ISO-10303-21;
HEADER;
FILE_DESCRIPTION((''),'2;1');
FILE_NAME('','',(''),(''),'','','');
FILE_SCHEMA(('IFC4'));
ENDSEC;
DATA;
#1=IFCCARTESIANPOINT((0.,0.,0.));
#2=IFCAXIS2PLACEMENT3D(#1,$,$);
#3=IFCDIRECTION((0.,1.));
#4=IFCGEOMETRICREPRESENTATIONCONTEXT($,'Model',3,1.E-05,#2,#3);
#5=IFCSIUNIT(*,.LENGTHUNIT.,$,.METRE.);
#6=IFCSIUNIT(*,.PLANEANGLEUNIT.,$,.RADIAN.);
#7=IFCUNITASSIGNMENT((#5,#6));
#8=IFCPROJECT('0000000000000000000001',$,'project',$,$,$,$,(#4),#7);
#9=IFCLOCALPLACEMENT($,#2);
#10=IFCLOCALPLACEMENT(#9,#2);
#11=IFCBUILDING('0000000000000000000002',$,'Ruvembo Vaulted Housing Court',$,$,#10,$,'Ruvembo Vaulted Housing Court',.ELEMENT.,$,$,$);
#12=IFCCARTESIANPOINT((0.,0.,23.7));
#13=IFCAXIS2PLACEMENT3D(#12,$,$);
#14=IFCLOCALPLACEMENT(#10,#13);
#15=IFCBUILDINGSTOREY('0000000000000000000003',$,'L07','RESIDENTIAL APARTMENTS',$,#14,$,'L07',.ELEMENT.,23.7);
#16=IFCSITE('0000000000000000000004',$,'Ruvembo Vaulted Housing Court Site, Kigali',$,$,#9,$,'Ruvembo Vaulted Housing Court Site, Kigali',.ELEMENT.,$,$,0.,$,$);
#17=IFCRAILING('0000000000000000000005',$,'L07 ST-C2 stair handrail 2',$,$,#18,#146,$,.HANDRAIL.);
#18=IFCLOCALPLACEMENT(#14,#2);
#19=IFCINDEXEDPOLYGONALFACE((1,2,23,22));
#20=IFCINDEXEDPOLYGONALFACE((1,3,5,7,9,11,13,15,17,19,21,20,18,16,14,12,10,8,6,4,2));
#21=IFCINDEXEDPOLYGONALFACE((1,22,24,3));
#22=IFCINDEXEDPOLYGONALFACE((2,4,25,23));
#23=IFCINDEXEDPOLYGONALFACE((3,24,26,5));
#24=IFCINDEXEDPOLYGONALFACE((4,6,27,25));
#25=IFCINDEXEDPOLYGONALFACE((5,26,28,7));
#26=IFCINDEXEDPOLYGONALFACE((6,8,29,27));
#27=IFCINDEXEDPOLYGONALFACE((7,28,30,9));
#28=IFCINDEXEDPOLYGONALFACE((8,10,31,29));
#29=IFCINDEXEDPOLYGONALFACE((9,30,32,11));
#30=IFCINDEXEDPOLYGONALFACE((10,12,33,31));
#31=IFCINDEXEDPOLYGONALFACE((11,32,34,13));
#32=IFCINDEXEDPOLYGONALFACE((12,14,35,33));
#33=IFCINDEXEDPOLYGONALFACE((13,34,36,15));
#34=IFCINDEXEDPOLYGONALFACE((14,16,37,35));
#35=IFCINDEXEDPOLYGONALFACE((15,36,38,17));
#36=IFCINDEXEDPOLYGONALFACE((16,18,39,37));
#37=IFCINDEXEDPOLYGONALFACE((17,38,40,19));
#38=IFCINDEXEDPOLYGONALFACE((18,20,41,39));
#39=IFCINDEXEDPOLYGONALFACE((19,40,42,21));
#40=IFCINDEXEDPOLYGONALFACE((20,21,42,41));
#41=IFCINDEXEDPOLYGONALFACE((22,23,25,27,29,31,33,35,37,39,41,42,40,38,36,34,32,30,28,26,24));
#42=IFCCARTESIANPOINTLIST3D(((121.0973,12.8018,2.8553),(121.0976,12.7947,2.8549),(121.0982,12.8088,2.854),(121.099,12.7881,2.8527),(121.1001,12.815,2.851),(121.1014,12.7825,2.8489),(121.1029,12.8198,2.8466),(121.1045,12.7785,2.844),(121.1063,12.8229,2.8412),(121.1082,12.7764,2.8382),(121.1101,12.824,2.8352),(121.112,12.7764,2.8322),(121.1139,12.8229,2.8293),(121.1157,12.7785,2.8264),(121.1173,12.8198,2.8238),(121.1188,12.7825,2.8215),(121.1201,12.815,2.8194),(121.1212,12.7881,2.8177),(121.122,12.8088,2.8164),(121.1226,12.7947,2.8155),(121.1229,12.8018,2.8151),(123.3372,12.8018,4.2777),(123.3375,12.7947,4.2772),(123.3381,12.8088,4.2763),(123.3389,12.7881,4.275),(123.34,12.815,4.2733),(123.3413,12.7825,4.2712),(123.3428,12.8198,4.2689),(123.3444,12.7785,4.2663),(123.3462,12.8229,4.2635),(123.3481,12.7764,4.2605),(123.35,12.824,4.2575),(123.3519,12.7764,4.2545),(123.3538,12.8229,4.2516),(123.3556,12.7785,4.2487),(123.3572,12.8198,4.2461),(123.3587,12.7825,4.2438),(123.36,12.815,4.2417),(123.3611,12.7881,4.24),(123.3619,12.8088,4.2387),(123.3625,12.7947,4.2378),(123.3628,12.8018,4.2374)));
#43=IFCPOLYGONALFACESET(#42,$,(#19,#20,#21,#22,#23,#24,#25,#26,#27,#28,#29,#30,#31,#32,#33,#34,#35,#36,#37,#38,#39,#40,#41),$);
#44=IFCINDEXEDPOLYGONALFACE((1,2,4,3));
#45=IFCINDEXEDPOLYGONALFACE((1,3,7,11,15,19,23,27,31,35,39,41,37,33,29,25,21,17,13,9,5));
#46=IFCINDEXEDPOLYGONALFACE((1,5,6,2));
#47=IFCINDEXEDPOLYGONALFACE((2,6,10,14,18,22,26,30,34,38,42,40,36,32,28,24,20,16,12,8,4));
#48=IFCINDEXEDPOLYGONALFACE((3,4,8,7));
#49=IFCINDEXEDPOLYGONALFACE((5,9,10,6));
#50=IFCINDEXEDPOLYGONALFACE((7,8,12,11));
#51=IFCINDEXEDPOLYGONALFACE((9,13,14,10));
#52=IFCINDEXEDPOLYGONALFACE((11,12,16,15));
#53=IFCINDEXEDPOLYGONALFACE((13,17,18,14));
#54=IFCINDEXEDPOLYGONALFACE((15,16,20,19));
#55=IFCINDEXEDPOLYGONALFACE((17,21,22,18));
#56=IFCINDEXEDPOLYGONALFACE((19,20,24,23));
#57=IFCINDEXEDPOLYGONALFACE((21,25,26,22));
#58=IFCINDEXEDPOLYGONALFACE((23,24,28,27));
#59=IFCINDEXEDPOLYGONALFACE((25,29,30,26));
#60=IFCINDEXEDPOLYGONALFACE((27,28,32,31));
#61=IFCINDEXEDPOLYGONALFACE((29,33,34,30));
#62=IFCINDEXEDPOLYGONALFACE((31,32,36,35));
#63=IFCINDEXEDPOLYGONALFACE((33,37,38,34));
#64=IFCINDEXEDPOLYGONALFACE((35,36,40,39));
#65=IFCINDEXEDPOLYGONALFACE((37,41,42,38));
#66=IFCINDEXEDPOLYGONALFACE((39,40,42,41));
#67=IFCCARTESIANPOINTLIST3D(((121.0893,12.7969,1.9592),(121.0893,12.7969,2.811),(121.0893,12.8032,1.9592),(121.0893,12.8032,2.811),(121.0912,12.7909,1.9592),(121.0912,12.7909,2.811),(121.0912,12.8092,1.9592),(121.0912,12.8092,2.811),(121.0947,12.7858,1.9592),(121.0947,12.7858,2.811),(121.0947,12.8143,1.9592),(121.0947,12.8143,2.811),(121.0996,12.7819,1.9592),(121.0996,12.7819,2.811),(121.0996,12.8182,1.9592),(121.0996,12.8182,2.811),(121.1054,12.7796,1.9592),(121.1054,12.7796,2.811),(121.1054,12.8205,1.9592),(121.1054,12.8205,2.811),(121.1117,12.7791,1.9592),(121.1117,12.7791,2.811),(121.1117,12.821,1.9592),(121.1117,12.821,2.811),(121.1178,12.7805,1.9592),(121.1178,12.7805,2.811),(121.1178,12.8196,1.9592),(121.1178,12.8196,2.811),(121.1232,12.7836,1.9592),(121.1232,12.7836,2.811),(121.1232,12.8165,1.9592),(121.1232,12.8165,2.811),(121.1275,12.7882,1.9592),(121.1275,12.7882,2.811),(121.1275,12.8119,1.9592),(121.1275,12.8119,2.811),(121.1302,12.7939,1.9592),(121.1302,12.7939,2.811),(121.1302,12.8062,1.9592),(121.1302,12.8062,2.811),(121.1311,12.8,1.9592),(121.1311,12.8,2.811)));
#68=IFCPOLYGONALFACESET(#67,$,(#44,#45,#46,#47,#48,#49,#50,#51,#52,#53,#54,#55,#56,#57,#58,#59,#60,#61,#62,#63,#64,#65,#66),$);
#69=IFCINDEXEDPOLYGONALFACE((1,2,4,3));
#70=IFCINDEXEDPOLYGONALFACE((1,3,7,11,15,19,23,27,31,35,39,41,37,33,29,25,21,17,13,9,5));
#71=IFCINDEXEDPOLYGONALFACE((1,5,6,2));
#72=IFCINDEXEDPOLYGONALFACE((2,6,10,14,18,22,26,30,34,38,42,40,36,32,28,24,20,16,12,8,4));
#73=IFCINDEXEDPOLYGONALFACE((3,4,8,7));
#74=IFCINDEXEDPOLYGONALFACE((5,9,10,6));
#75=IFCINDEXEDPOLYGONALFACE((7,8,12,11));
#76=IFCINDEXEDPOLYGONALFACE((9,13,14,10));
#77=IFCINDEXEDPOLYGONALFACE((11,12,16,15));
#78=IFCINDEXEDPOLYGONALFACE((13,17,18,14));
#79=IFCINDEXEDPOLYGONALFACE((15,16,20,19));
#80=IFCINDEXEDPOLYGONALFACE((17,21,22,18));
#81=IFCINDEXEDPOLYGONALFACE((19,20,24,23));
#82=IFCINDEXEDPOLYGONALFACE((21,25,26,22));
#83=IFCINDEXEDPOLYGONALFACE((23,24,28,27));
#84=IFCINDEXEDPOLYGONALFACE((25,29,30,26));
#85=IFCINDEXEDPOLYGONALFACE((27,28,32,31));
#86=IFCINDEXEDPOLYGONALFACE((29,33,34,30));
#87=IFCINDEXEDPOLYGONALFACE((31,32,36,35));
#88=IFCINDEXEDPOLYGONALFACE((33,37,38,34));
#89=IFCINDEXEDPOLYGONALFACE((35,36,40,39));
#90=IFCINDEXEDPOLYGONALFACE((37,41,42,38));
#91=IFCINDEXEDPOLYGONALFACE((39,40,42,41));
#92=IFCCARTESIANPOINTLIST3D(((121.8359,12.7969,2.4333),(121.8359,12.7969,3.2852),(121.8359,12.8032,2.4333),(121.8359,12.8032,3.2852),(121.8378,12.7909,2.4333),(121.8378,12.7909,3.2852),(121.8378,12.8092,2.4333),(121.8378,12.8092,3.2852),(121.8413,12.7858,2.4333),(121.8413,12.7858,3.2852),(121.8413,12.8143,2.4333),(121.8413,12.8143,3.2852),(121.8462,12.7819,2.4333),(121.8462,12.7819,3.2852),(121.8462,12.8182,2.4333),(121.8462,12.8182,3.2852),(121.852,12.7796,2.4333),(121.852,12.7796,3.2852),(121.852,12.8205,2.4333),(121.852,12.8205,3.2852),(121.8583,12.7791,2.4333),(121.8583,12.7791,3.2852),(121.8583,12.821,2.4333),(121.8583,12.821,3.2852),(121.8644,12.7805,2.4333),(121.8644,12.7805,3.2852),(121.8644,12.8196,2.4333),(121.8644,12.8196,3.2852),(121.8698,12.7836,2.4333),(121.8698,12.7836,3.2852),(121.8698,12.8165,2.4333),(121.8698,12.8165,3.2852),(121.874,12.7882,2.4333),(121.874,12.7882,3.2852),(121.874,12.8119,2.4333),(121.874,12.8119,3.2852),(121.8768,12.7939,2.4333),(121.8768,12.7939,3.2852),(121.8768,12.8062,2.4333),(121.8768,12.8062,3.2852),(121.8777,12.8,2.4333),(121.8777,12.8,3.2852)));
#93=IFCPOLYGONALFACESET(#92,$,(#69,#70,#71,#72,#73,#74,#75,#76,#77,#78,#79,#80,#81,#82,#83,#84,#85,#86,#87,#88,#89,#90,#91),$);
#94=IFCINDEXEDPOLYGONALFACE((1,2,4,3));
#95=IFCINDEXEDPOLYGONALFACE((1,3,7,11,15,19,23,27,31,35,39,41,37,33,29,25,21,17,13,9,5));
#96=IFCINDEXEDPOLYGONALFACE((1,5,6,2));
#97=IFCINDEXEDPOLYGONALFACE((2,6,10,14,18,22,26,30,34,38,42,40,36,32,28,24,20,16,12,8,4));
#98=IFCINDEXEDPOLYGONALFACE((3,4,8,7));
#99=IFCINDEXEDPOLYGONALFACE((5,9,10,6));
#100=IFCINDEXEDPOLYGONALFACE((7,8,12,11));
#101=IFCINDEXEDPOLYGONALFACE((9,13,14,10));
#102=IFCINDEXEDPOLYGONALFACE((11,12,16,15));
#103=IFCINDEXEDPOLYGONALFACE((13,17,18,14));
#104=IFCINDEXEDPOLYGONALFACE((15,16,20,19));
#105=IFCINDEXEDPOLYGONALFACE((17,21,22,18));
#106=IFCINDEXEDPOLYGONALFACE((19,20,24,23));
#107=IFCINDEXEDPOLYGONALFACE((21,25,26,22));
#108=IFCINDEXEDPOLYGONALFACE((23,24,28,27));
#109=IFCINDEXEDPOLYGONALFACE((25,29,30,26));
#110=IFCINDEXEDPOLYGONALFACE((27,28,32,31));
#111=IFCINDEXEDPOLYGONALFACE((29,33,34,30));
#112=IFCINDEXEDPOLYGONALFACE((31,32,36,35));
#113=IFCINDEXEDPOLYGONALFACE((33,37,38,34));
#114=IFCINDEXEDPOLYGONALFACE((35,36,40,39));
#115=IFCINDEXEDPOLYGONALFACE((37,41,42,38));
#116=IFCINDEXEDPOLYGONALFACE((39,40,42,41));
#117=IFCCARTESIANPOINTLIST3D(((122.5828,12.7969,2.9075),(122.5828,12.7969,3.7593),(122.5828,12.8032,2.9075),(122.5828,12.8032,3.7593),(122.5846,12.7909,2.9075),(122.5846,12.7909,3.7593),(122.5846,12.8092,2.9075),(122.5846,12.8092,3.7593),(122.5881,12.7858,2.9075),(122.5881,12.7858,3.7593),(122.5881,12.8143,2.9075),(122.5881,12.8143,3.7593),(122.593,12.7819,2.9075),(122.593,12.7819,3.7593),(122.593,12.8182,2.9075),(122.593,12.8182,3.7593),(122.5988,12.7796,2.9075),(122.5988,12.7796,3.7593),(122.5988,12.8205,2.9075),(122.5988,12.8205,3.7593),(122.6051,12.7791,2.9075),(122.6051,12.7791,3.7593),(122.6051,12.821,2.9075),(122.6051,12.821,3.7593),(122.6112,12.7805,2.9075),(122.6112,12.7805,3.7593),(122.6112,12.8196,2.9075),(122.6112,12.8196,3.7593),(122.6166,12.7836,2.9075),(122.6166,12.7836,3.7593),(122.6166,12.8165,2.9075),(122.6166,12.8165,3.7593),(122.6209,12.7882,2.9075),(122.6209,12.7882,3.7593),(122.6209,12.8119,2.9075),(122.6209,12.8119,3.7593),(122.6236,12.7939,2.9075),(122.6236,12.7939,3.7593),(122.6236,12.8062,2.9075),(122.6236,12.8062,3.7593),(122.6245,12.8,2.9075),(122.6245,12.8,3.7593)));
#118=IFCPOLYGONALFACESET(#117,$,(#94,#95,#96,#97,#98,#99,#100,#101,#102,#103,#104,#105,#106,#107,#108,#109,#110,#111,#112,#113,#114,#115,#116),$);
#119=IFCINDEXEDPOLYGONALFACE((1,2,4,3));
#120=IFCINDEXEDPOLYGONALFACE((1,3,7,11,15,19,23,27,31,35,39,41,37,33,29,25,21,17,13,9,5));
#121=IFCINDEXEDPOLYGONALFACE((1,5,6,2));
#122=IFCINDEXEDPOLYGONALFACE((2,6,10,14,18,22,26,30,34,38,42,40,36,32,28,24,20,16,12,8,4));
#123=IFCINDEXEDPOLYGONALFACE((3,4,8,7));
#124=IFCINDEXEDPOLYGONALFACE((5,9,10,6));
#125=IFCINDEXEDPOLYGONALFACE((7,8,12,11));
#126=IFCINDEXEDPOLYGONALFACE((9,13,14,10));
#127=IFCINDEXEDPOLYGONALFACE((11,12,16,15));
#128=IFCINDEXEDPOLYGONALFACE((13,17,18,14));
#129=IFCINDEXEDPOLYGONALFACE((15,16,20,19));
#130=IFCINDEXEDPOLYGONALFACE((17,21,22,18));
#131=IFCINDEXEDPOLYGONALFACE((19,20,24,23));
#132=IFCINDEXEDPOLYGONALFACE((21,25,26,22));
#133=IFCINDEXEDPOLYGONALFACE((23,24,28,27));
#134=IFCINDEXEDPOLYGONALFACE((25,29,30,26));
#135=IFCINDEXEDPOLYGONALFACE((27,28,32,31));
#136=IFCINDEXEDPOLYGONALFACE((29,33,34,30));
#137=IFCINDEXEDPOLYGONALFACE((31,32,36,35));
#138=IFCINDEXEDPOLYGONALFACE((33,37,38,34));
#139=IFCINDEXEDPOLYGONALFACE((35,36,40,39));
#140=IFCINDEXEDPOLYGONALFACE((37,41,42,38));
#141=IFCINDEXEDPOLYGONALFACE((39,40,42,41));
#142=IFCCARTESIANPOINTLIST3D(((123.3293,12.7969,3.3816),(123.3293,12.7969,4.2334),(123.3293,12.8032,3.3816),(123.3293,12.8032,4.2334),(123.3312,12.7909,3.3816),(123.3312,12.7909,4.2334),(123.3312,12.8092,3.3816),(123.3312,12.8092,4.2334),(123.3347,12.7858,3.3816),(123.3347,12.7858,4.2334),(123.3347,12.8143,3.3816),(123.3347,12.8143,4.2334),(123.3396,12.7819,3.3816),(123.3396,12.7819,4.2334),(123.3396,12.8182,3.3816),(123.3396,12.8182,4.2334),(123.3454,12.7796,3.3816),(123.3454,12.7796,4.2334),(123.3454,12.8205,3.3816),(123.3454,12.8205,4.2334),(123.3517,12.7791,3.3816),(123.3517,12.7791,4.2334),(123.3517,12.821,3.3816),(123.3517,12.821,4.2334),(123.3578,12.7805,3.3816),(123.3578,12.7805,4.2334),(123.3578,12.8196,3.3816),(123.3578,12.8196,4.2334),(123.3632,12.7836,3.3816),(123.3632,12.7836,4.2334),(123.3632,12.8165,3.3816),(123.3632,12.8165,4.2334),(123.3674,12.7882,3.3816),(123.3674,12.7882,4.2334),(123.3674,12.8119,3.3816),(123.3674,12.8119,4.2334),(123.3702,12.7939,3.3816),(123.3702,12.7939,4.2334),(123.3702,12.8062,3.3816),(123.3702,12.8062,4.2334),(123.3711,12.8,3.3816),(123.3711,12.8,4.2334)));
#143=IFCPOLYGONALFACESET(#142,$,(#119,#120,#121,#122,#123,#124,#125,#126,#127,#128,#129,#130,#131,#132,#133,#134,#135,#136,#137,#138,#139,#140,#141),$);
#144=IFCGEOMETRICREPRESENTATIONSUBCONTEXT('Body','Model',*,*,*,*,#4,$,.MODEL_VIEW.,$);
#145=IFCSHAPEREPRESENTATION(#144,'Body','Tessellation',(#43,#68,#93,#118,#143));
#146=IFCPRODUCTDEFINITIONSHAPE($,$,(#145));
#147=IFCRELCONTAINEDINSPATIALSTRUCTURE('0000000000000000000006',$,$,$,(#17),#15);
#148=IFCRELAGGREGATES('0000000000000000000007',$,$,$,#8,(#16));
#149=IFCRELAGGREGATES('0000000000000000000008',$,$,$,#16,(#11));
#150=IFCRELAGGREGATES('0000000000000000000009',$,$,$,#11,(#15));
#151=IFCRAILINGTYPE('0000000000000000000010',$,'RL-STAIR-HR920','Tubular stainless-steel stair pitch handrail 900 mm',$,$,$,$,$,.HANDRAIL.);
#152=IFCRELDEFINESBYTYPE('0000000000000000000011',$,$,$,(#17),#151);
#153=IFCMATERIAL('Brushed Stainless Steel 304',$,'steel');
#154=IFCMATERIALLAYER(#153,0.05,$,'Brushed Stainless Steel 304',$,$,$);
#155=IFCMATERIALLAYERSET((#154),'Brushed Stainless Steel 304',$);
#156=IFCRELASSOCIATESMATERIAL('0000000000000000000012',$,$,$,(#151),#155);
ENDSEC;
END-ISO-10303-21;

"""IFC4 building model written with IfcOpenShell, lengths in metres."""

from ifc_helpers import new_model, si_unit, direction, frame, origin, origin_2d, place, context, subcontext, project, spatial, circle, extrude, material, layer, layer_set, type_object, element, save


model = new_model("IFC4")

# Units and contexts
model_context = context("Model", 3, precision=1e-05, world=origin(), true_north=direction((0.0, 1.0)))
body_context = subcontext(model_context, "Body", "Model", "MODEL_VIEW")
ifc_project = project(units=[si_unit("LENGTHUNIT", "METRE"), si_unit("PLANEANGLEUNIT", "RADIAN")], contexts=[model_context])

# Site, building, storey
site_placement = place(None, origin())
site = spatial("IfcSite", under=ifc_project, at=site_placement, Name="Ruvembo Vaulted Housing Court Site, Kigali", LongName="Ruvembo Vaulted Housing Court Site, Kigali", CompositionType="ELEMENT", RefElevation=0.0)
building_placement = place(site_placement, origin())
building = spatial("IfcBuilding", under=site, at=building_placement, Name="Ruvembo Vaulted Housing Court", LongName="Ruvembo Vaulted Housing Court", CompositionType="ELEMENT")
storey_placement = place(building_placement, frame((0.0, 0.0, 23.7)))
storey = spatial("IfcBuildingStorey", under=building, at=storey_placement, Name="L07", Description="RESIDENTIAL APARTMENTS", LongName="L07", CompositionType="ELEMENT", Elevation=23.7)

# Railing
ifc_material_1 = material(Name="Brushed Stainless Steel 304", Category="steel")
ifc_layer_1 = layer(ifc_material_1, 0.05, Name="Brushed Stainless Steel 304")
ifc_layer_set_1 = layer_set([ifc_layer_1], Name="Brushed Stainless Steel 304")
railing_type_1 = type_object("IfcRailingType", Name="RL-STAIR-HR920", Description="Tubular stainless-steel stair pitch handrail 900 mm", PredefinedType="HANDRAIL", material=ifc_layer_set_1)
railing_1_placement = place(storey_placement, frame((121.1101, 12.8, 1.9592)))
element("IfcRailing", 1, at=railing_1_placement, inside=storey, type_object=railing_type_1, Name="L07 ST-C2 stair handrail 2", PredefinedType="HANDRAIL", context=body_context, shape_type="SweptSolid", body=[
    extrude(circle(Radius=0.0239, at=origin_2d()), frame((0.0, 0.0, 0.876), z_axis=(0.844188, 0.0, 0.536048), x_axis=(0.0, 1.0, 0.0)), (0.0, 0.0, 1.0), 2.6533),
    extrude(circle(Radius=0.021, at=origin_2d()), origin(), (0.0, 0.0, 1.0), 0.8518),
    extrude(circle(Radius=0.021, at=origin_2d()), frame((0.7466, 0.0, 0.4741)), (0.0, 0.0, 1.0), 0.8518),
    extrude(circle(Radius=0.021, at=origin_2d()), frame((1.4934, 0.0, 0.9482)), (0.0, 0.0, 1.0), 0.8518),
    extrude(circle(Radius=0.021, at=origin_2d()), frame((2.24, 0.0, 1.4224)), (0.0, 0.0, 1.0), 0.8518),
])

save(model, "model.ifc")
